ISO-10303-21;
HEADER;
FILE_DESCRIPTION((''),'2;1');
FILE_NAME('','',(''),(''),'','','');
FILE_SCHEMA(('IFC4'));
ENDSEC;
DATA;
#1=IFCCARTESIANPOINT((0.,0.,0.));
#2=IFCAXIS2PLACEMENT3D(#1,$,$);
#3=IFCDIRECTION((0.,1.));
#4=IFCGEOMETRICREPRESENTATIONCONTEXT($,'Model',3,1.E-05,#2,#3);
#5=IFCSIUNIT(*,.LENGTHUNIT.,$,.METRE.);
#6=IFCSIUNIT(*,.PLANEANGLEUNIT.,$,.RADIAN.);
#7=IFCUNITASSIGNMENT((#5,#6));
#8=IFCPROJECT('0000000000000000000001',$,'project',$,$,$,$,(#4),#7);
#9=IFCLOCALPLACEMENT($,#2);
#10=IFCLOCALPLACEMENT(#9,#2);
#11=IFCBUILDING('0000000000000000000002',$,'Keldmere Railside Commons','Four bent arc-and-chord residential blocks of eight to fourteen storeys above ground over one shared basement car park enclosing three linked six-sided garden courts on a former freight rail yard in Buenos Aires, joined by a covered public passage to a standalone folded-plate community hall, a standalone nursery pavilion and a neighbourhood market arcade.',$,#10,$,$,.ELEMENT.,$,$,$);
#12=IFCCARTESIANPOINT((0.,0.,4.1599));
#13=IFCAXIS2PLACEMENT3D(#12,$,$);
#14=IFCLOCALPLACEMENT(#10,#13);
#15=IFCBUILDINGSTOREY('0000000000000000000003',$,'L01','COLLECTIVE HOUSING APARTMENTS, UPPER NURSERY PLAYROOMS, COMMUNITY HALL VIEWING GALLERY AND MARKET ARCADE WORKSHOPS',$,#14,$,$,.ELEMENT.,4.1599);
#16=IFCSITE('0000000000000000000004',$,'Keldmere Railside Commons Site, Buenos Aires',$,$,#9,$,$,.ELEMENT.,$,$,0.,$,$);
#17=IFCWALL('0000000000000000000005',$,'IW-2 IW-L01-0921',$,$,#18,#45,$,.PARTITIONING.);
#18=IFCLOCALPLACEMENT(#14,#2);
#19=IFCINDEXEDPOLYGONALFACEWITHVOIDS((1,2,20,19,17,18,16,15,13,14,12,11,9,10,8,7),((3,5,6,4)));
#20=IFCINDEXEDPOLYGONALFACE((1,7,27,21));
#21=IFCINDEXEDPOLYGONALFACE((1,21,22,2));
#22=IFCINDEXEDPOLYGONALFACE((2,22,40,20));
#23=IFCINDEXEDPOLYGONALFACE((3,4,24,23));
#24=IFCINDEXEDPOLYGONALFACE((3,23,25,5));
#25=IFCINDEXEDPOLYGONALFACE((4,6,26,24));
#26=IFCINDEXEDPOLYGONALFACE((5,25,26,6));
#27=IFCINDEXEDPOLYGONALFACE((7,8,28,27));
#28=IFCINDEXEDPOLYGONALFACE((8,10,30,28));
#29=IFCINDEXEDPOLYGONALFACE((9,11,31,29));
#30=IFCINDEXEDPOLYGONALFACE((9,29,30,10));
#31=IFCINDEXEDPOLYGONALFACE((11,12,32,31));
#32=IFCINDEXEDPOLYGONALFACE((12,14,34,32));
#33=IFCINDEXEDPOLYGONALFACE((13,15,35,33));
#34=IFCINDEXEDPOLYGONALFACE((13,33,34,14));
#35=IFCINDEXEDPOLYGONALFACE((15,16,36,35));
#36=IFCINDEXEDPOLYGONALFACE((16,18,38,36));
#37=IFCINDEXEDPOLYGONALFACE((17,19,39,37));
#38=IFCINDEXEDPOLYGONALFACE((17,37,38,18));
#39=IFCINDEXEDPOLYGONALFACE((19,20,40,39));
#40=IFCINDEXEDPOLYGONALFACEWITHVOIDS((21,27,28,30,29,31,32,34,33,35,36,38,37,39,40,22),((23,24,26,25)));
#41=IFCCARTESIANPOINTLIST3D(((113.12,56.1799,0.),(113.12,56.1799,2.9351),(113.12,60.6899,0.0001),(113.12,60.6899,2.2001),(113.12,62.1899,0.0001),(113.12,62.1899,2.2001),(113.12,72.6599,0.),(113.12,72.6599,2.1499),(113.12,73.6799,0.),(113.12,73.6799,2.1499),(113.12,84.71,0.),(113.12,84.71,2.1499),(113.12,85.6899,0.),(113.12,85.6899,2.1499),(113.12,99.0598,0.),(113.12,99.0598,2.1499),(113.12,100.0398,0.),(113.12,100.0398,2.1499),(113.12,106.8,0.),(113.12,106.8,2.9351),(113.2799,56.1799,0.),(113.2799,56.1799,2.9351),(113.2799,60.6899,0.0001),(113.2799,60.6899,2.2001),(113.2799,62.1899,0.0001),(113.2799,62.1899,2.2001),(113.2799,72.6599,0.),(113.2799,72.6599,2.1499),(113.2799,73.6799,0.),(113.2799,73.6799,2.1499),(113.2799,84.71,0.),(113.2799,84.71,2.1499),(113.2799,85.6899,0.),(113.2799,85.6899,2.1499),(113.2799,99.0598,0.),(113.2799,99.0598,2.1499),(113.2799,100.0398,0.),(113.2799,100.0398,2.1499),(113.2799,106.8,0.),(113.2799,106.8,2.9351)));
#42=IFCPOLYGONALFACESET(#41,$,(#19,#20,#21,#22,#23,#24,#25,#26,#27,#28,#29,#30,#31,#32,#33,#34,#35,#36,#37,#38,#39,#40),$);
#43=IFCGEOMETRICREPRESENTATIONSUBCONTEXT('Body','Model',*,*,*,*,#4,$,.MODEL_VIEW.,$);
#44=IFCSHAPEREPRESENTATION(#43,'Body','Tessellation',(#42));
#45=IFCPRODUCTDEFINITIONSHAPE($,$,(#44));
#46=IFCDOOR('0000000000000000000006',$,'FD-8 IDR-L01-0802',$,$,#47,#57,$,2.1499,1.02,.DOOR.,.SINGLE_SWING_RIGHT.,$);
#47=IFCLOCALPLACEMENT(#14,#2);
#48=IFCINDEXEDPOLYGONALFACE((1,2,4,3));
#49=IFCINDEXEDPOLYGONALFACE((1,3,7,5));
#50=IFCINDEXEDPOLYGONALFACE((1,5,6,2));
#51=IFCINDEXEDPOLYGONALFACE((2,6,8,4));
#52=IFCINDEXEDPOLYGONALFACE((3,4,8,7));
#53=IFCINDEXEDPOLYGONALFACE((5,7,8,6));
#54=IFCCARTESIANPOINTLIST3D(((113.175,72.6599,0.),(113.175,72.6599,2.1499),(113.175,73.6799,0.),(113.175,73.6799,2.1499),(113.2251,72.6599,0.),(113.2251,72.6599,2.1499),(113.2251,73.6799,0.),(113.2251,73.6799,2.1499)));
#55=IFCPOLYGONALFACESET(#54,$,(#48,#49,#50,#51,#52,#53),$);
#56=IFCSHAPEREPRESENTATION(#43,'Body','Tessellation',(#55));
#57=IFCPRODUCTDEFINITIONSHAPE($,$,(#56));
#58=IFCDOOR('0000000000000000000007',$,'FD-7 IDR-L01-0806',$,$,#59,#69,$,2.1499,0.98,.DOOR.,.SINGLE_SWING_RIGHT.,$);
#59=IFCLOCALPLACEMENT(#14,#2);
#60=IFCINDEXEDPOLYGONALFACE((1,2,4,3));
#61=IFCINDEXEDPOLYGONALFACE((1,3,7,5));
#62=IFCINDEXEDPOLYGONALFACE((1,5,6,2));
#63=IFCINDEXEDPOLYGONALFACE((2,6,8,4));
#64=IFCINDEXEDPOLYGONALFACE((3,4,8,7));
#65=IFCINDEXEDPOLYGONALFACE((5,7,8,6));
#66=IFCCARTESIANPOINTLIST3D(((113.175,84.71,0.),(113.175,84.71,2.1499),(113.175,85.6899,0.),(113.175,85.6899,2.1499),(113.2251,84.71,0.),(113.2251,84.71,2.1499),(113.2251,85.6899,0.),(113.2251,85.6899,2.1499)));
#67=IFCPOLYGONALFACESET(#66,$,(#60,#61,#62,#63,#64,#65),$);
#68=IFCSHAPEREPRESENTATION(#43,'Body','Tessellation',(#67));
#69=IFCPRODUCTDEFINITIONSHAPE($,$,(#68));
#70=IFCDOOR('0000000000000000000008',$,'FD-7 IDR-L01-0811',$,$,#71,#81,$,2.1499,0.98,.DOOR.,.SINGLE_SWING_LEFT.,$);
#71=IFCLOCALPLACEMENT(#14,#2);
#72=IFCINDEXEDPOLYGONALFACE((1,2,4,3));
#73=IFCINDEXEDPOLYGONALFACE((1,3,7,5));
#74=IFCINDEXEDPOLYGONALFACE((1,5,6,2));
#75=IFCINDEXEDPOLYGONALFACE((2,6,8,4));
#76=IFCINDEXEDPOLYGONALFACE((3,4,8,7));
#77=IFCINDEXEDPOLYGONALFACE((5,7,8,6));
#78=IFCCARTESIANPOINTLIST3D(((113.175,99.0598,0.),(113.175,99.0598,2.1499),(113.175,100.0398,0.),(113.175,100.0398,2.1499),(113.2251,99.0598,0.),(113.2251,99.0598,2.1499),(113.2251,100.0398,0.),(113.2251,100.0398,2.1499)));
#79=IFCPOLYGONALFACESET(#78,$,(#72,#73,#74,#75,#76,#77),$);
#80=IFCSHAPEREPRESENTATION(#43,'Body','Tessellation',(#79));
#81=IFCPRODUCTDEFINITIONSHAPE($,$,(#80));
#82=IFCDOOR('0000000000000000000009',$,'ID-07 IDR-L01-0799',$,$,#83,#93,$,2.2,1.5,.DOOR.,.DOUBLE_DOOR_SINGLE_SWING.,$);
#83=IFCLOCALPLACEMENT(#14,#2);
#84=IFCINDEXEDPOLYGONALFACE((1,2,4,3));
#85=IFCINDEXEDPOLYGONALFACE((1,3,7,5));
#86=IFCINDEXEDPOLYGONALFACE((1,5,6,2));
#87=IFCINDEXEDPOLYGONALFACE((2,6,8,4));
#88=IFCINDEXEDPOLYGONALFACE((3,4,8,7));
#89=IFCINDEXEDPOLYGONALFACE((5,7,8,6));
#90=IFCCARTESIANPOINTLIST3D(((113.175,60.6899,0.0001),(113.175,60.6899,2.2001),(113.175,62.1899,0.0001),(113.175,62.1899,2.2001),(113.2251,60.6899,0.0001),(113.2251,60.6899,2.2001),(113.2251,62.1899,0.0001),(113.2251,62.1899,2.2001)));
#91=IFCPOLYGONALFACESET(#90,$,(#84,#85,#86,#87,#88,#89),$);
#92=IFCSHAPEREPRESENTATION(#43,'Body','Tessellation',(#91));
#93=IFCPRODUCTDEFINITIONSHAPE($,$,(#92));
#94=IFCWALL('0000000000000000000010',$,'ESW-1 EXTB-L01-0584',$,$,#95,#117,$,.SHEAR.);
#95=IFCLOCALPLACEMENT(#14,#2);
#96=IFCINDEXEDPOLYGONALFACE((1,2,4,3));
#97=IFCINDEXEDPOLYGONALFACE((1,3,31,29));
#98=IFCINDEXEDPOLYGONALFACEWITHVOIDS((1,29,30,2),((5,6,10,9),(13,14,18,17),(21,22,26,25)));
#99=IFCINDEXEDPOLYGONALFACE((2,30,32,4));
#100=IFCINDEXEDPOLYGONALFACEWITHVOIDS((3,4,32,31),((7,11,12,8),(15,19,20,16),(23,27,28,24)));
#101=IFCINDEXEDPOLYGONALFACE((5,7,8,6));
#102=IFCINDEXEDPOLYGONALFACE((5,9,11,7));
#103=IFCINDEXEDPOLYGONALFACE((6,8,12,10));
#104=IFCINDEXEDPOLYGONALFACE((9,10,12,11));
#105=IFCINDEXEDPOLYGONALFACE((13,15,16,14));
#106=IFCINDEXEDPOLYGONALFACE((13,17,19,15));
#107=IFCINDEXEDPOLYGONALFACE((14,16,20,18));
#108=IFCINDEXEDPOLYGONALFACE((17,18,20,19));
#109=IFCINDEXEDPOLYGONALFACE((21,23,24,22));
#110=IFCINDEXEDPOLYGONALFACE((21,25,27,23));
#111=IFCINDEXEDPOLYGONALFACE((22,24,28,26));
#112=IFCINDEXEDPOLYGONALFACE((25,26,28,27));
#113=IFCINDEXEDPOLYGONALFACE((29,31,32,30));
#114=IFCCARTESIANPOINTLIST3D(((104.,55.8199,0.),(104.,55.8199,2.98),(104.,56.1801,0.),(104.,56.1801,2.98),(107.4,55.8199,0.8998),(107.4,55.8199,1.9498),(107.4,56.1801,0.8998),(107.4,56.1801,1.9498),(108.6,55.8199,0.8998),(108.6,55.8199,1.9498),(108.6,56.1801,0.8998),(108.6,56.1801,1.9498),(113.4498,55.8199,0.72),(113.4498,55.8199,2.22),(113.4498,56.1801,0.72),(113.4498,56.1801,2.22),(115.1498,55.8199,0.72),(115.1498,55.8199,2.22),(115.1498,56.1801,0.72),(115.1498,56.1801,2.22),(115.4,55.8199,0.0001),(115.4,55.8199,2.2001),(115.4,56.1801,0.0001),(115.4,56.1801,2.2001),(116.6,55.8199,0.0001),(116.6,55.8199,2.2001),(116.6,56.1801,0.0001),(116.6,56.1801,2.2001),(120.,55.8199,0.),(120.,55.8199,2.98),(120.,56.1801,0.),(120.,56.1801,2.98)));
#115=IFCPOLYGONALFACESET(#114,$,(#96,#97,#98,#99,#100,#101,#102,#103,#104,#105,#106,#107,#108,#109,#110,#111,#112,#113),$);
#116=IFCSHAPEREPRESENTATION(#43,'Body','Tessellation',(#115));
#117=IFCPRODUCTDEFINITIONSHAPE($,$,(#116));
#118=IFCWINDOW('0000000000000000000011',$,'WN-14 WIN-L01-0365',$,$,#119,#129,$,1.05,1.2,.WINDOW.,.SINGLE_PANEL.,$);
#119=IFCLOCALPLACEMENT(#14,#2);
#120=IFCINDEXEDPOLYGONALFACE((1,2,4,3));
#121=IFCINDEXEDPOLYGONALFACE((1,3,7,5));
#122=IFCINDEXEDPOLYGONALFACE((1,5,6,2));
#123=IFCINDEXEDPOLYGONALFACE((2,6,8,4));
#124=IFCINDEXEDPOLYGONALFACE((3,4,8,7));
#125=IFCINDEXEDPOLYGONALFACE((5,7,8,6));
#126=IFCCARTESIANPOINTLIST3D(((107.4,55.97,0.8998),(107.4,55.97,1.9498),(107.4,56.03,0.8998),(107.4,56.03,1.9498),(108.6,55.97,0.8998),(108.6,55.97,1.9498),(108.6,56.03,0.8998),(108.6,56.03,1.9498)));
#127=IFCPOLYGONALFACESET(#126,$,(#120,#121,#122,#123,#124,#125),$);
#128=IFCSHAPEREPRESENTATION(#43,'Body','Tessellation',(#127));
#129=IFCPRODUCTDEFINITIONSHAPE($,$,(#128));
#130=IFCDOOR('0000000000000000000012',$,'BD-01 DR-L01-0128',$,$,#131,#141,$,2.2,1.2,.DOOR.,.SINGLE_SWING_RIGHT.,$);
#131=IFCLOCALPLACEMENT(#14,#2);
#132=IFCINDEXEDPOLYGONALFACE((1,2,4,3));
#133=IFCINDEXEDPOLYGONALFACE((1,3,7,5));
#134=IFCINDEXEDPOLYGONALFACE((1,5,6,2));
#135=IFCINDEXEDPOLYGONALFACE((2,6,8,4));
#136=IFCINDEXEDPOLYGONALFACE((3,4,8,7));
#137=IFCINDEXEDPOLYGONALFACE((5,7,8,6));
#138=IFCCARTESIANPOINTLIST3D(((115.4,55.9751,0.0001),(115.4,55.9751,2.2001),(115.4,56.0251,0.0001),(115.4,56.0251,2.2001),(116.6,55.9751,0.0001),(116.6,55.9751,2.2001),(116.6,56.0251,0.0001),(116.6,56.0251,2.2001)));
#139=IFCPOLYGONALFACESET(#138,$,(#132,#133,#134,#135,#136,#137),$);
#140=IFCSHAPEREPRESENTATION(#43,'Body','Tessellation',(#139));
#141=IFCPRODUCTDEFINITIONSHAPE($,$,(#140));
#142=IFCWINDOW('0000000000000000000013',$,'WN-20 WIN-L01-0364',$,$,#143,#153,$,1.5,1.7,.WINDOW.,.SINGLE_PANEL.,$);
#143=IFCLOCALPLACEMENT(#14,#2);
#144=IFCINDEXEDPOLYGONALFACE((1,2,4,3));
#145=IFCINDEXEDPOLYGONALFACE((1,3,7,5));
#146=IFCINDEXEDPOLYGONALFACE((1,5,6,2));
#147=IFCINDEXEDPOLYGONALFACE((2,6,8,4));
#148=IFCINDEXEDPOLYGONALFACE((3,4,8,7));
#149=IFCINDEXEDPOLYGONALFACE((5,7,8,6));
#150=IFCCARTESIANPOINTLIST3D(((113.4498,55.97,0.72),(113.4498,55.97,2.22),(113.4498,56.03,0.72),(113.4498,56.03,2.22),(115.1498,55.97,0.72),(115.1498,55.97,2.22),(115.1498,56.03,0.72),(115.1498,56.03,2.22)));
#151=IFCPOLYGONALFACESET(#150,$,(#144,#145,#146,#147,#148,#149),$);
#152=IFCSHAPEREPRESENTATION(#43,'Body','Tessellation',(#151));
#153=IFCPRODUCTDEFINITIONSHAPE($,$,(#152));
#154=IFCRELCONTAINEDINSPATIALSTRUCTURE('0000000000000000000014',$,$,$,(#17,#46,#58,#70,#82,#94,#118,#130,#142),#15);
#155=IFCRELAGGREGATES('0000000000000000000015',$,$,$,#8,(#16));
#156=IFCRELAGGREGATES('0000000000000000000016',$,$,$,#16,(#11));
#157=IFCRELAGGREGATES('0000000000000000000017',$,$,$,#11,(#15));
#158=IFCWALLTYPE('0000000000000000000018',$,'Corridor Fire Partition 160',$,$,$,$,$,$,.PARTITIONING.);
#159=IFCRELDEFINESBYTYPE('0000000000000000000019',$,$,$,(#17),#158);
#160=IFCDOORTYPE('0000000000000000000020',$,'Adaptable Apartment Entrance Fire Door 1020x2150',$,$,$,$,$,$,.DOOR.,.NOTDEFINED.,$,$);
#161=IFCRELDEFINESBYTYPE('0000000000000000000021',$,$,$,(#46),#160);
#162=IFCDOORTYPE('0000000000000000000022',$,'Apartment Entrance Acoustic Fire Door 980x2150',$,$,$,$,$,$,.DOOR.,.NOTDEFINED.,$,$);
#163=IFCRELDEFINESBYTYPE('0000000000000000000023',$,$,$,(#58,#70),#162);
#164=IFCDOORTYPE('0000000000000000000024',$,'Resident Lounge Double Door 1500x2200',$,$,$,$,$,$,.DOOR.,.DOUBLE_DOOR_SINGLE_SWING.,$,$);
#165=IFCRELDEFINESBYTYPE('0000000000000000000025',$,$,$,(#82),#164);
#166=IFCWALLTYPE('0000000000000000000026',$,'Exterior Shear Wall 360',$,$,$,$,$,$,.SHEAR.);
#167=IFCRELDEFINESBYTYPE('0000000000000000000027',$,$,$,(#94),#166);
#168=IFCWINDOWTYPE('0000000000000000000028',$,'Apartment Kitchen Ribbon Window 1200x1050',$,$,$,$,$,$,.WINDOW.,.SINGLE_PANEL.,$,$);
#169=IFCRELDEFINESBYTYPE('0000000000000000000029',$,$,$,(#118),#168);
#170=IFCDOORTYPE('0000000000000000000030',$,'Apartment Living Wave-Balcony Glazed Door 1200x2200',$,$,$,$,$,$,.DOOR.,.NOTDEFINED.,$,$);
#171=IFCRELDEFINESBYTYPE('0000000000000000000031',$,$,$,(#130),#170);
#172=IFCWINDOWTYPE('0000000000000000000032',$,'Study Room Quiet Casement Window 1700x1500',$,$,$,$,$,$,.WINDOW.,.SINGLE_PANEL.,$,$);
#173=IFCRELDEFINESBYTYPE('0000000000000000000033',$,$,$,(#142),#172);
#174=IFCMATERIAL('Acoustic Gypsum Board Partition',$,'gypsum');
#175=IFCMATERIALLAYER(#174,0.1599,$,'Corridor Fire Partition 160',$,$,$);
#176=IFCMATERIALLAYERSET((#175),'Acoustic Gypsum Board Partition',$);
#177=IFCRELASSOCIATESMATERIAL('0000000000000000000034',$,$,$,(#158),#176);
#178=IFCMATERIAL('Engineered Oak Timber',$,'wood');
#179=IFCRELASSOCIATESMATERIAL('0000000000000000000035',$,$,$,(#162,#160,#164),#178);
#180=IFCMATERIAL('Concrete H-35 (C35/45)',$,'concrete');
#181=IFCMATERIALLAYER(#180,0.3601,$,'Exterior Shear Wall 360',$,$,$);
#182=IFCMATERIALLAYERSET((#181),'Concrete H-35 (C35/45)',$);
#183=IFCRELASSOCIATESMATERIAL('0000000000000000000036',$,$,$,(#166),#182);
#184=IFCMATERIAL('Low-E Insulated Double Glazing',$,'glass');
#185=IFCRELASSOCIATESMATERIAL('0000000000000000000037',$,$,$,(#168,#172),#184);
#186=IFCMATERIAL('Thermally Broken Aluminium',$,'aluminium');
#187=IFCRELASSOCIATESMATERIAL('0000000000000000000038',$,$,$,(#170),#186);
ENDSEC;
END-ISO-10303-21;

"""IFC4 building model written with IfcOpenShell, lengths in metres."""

from ifc_helpers import new_model, si_unit, direction, frame, frame_2d, origin, place, context, subcontext, project, spatial, rectangle, extrude, material, layer, layer_set, type_object, element, fill, save


model = new_model("IFC4")

# Units and contexts
model_context = context("Model", 3, precision=1e-05, world=origin(), true_north=direction((0.0, 1.0)))
body_context = subcontext(model_context, "Body", "Model", "MODEL_VIEW")
ifc_project = project(units=[si_unit("LENGTHUNIT", "METRE"), si_unit("PLANEANGLEUNIT", "RADIAN")], contexts=[model_context])

# Site, building, storey
site_placement = place(None, origin())
site = spatial("IfcSite", under=ifc_project, at=site_placement, Name="Keldmere Railside Commons Site, Buenos Aires", CompositionType="ELEMENT", RefElevation=0.0)
building_placement = place(site_placement, origin())
building = spatial("IfcBuilding", under=site, at=building_placement, Name="Keldmere Railside Commons", Description="Four bent arc-and-chord residential blocks of eight to fourteen storeys above ground over one shared basement car park enclosing three linked six-sided garden courts on a former freight rail yard in Buenos Aires, joined by a covered public passage to a standalone folded-plate community hall, a standalone nursery pavilion and a neighbourhood market arcade.", CompositionType="ELEMENT")
storey_placement = place(building_placement, frame((0.0, 0.0, 4.1599)))
storey = spatial("IfcBuildingStorey", under=building, at=storey_placement, Name="L01", Description="COLLECTIVE HOUSING APARTMENTS, UPPER NURSERY PLAYROOMS, COMMUNITY HALL VIEWING GALLERY AND MARKET ARCADE WORKSHOPS", CompositionType="ELEMENT", Elevation=4.1599)

# Wall, openings, doors
ifc_material_1 = material(Name="Acoustic Gypsum Board Partition", Category="gypsum")
ifc_layer_1 = layer(ifc_material_1, 0.1599, Name="Corridor Fire Partition 160")
ifc_layer_set_1 = layer_set([ifc_layer_1], Name="Acoustic Gypsum Board Partition")
wall_type_1 = type_object("IfcWallType", Name="Corridor Fire Partition 160", PredefinedType="PARTITIONING", material=ifc_layer_set_1)
ifc_material_2 = material(Name="Engineered Oak Timber", Category="wood")
door_type_1 = type_object("IfcDoorType", Name="Apartment Entrance Acoustic Fire Door 980x2150", OperationType="NOTDEFINED", PredefinedType="DOOR", material=ifc_material_2)
wall_1_placement = place(storey_placement, frame((113.2, 56.1799, 0.0), z_axis=(0.0, 0.0, 1.0), x_axis=(0.0, 1.0, 0.0)))
wall_1 = element("IfcWall", 1, at=wall_1_placement, inside=storey, type_object=wall_type_1, Name="IW-2 IW-L01-0921", PredefinedType="PARTITIONING", context=body_context, shape_type="SweptSolid", body=[
    extrude(rectangle(XDim=50.6201, YDim=0.1599, at=frame_2d((25.3101, 0.0))), origin(), (0.0, 0.0, 1.0), 2.9351),
])
opening_1_placement = place(wall_1_placement, frame((4.51, 0.0, 0.0)))
opening_1 = element("IfcOpeningElement", 2, at=opening_1_placement, cuts=wall_1, PredefinedType="OPENING", context=body_context, shape_type="SweptSolid", body=[
    extrude(rectangle(XDim=1.5, YDim=2.2, at=frame_2d((0.75, 1.1001))), frame((0.0, 0.0898, 0.0), z_axis=(0.0, -1.0, 0.0), x_axis=(1.0, 0.0, 0.0)), (0.0, 0.0, 1.0), 0.1799),
])
opening_2_placement = place(wall_1_placement, frame((16.48, 0.0, 0.0)))
opening_2 = element("IfcOpeningElement", 3, at=opening_2_placement, cuts=wall_1, PredefinedType="OPENING", context=body_context, shape_type="SweptSolid", body=[
    extrude(rectangle(XDim=1.02, YDim=2.1499, at=frame_2d((0.51, 1.075))), frame((0.0, 0.0898, 0.0), z_axis=(0.0, -1.0, 0.0), x_axis=(1.0, 0.0, 0.0)), (0.0, 0.0, 1.0), 0.1799),
])
opening_3_placement = place(wall_1_placement, frame((28.53, 0.0, 0.0)))
opening_3 = element("IfcOpeningElement", 4, at=opening_3_placement, cuts=wall_1, PredefinedType="OPENING", context=body_context, shape_type="SweptSolid", body=[
    extrude(rectangle(XDim=0.98, YDim=2.1499, at=frame_2d((0.49, 1.075))), frame((0.0, 0.0898, 0.0), z_axis=(0.0, -1.0, 0.0), x_axis=(1.0, 0.0, 0.0)), (0.0, 0.0, 1.0), 0.1799),
])
opening_4_placement = place(wall_1_placement, frame((42.8799, 0.0, 0.0)))
opening_4 = element("IfcOpeningElement", 5, at=opening_4_placement, cuts=wall_1, PredefinedType="OPENING", context=body_context, shape_type="SweptSolid", body=[
    extrude(rectangle(XDim=0.98, YDim=2.1499, at=frame_2d((0.49, 1.075))), frame((0.0, 0.0898, 0.0), z_axis=(0.0, -1.0, 0.0), x_axis=(1.0, 0.0, 0.0)), (0.0, 0.0, 1.0), 0.1799),
])
door_type_2 = type_object("IfcDoorType", Name="Adaptable Apartment Entrance Fire Door 1020x2150", OperationType="NOTDEFINED", PredefinedType="DOOR", material=ifc_material_2)
door_1_placement = place(opening_2_placement, origin())
door_1 = element("IfcDoor", 6, at=door_1_placement, inside=storey, type_object=door_type_2, Name="FD-8 IDR-L01-0802", OperationType="SINGLE_SWING_RIGHT", OverallHeight=2.1499, OverallWidth=1.02, PredefinedType="DOOR", context=body_context, shape_type="SweptSolid", body=[
    extrude(rectangle(XDim=1.02, YDim=2.1499, at=frame_2d((0.51, 1.075))), frame((0.0, 0.0249, 0.0), z_axis=(0.0, -1.0, 0.0), x_axis=(1.0, 0.0, 0.0)), (0.0, 0.0, 1.0), 0.05),
])
fill(opening_2, door_1)
door_2_placement = place(opening_3_placement, origin())
door_2 = element("IfcDoor", 7, at=door_2_placement, inside=storey, type_object=door_type_1, Name="FD-7 IDR-L01-0806", OperationType="SINGLE_SWING_RIGHT", OverallHeight=2.1499, OverallWidth=0.98, PredefinedType="DOOR", context=body_context, shape_type="SweptSolid", body=[
    extrude(rectangle(XDim=0.98, YDim=2.1499, at=frame_2d((0.49, 1.075))), frame((0.0, 0.0249, 0.0), z_axis=(0.0, -1.0, 0.0), x_axis=(1.0, 0.0, 0.0)), (0.0, 0.0, 1.0), 0.05),
])
fill(opening_3, door_2)
door_3_placement = place(opening_4_placement, origin())
door_3 = element("IfcDoor", 8, at=door_3_placement, inside=storey, type_object=door_type_1, Name="FD-7 IDR-L01-0811", OperationType="SINGLE_SWING_LEFT", OverallHeight=2.1499, OverallWidth=0.98, PredefinedType="DOOR", context=body_context, shape_type="SweptSolid", body=[
    extrude(rectangle(XDim=0.98, YDim=2.1499, at=frame_2d((0.49, 1.075))), frame((0.0, 0.0249, 0.0), z_axis=(0.0, -1.0, 0.0), x_axis=(1.0, 0.0, 0.0)), (0.0, 0.0, 1.0), 0.05),
])
fill(opening_4, door_3)
door_type_3 = type_object("IfcDoorType", Name="Resident Lounge Double Door 1500x2200", OperationType="DOUBLE_DOOR_SINGLE_SWING", PredefinedType="DOOR", material=ifc_material_2)
door_4_placement = place(opening_1_placement, origin())
door_4 = element("IfcDoor", 9, at=door_4_placement, inside=storey, type_object=door_type_3, Name="ID-07 IDR-L01-0799", OperationType="DOUBLE_DOOR_SINGLE_SWING", OverallHeight=2.2, OverallWidth=1.5, PredefinedType="DOOR", context=body_context, shape_type="SweptSolid", body=[
    extrude(rectangle(XDim=1.5, YDim=2.2, at=frame_2d((0.75, 1.1001))), frame((0.0, 0.0249, 0.0), z_axis=(0.0, -1.0, 0.0), x_axis=(1.0, 0.0, 0.0)), (0.0, 0.0, 1.0), 0.05),
])
fill(opening_1, door_4)

# Wall, openings, windows, door
ifc_material_3 = material(Name="Concrete H-35 (C35/45)", Category="concrete")
ifc_layer_2 = layer(ifc_material_3, 0.3601, Name="Exterior Shear Wall 360")
ifc_layer_set_2 = layer_set([ifc_layer_2], Name="Concrete H-35 (C35/45)")
wall_type_2 = type_object("IfcWallType", Name="Exterior Shear Wall 360", PredefinedType="SHEAR", material=ifc_layer_set_2)
wall_2_placement = place(storey_placement, frame((120.0, 56.0, 0.0), z_axis=(0.0, 0.0, 1.0), x_axis=(-1.0, 0.0, 0.0)))
wall_2 = element("IfcWall", 10, at=wall_2_placement, inside=storey, type_object=wall_type_2, Name="ESW-1 EXTB-L01-0584", PredefinedType="SHEAR", context=body_context, shape_type="SweptSolid", body=[
    extrude(rectangle(XDim=16.0, YDim=0.3601, at=frame_2d((8.0, 0.0))), origin(), (0.0, 0.0, 1.0), 2.98),
])
opening_5_placement = place(wall_2_placement, frame((3.3999, 0.0, 0.0)))
opening_5 = element("IfcOpeningElement", 11, at=opening_5_placement, cuts=wall_2, PredefinedType="OPENING", context=body_context, shape_type="SweptSolid", body=[
    extrude(rectangle(XDim=1.2, YDim=2.2, at=frame_2d((0.6001, 1.1001))), frame((0.0, 0.1899, 0.0), z_axis=(0.0, -1.0, 0.0), x_axis=(1.0, 0.0, 0.0)), (0.0, 0.0, 1.0), 0.3801),
])
opening_6_placement = place(wall_2_placement, frame((4.8501, 0.0, 0.72)))
opening_6 = element("IfcOpeningElement", 12, at=opening_6_placement, cuts=wall_2, PredefinedType="OPENING", context=body_context, shape_type="SweptSolid", body=[
    extrude(rectangle(XDim=1.7, YDim=1.5, at=frame_2d((0.8501, 0.75))), frame((0.0, 0.1899, 0.0), z_axis=(0.0, -1.0, 0.0), x_axis=(1.0, 0.0, 0.0)), (0.0, 0.0, 1.0), 0.3801),
])
opening_7_placement = place(wall_2_placement, frame((11.3999, 0.0, 0.8999)))
opening_7 = element("IfcOpeningElement", 13, at=opening_7_placement, cuts=wall_2, PredefinedType="OPENING", context=body_context, shape_type="SweptSolid", body=[
    extrude(rectangle(XDim=1.2, YDim=1.05, at=frame_2d((0.6001, 0.5249))), frame((0.0, 0.1899, 0.0), z_axis=(0.0, -1.0, 0.0), x_axis=(1.0, 0.0, 0.0)), (0.0, 0.0, 1.0), 0.3801),
])
ifc_material_4 = material(Name="Low-E Insulated Double Glazing", Category="glass")
window_type_1 = type_object("IfcWindowType", Name="Apartment Kitchen Ribbon Window 1200x1050", PartitioningType="SINGLE_PANEL", PredefinedType="WINDOW", material=ifc_material_4)
window_1_placement = place(opening_7_placement, origin())
window_1 = element("IfcWindow", 14, at=window_1_placement, inside=storey, type_object=window_type_1, Name="WN-14 WIN-L01-0365", OverallHeight=1.05, OverallWidth=1.2, PartitioningType="SINGLE_PANEL", PredefinedType="WINDOW", context=body_context, shape_type="SweptSolid", body=[
    extrude(rectangle(XDim=1.2, YDim=1.05, at=frame_2d((0.6001, 0.5249))), frame((0.0, 0.03, 0.0), z_axis=(0.0, -1.0, 0.0), x_axis=(1.0, 0.0, 0.0)), (0.0, 0.0, 1.0), 0.0601),
])
fill(opening_7, window_1)
ifc_material_5 = material(Name="Thermally Broken Aluminium", Category="aluminium")
door_type_4 = type_object("IfcDoorType", Name="Apartment Living Wave-Balcony Glazed Door 1200x2200", OperationType="NOTDEFINED", PredefinedType="DOOR", material=ifc_material_5)
door_5_placement = place(opening_5_placement, origin())
door_5 = element("IfcDoor", 15, at=door_5_placement, inside=storey, type_object=door_type_4, Name="BD-01 DR-L01-0128", OperationType="SINGLE_SWING_RIGHT", OverallHeight=2.2, OverallWidth=1.2, PredefinedType="DOOR", context=body_context, shape_type="SweptSolid", body=[
    extrude(rectangle(XDim=1.2, YDim=2.2, at=frame_2d((0.6001, 1.1001))), frame((0.0, 0.0249, 0.0), z_axis=(0.0, -1.0, 0.0), x_axis=(1.0, 0.0, 0.0)), (0.0, 0.0, 1.0), 0.05),
])
fill(opening_5, door_5)
window_type_2 = type_object("IfcWindowType", Name="Study Room Quiet Casement Window 1700x1500", PartitioningType="SINGLE_PANEL", PredefinedType="WINDOW", material=ifc_material_4)
window_2_placement = place(opening_6_placement, origin())
window_2 = element("IfcWindow", 16, at=window_2_placement, inside=storey, type_object=window_type_2, Name="WN-20 WIN-L01-0364", OverallHeight=1.5, OverallWidth=1.7, PartitioningType="SINGLE_PANEL", PredefinedType="WINDOW", context=body_context, shape_type="SweptSolid", body=[
    extrude(rectangle(XDim=1.7, YDim=1.5, at=frame_2d((0.8501, 0.75))), frame((0.0, 0.03, 0.0), z_axis=(0.0, -1.0, 0.0), x_axis=(1.0, 0.0, 0.0)), (0.0, 0.0, 1.0), 0.0601),
])
fill(opening_6, window_2)

save(model, "model.ifc")
